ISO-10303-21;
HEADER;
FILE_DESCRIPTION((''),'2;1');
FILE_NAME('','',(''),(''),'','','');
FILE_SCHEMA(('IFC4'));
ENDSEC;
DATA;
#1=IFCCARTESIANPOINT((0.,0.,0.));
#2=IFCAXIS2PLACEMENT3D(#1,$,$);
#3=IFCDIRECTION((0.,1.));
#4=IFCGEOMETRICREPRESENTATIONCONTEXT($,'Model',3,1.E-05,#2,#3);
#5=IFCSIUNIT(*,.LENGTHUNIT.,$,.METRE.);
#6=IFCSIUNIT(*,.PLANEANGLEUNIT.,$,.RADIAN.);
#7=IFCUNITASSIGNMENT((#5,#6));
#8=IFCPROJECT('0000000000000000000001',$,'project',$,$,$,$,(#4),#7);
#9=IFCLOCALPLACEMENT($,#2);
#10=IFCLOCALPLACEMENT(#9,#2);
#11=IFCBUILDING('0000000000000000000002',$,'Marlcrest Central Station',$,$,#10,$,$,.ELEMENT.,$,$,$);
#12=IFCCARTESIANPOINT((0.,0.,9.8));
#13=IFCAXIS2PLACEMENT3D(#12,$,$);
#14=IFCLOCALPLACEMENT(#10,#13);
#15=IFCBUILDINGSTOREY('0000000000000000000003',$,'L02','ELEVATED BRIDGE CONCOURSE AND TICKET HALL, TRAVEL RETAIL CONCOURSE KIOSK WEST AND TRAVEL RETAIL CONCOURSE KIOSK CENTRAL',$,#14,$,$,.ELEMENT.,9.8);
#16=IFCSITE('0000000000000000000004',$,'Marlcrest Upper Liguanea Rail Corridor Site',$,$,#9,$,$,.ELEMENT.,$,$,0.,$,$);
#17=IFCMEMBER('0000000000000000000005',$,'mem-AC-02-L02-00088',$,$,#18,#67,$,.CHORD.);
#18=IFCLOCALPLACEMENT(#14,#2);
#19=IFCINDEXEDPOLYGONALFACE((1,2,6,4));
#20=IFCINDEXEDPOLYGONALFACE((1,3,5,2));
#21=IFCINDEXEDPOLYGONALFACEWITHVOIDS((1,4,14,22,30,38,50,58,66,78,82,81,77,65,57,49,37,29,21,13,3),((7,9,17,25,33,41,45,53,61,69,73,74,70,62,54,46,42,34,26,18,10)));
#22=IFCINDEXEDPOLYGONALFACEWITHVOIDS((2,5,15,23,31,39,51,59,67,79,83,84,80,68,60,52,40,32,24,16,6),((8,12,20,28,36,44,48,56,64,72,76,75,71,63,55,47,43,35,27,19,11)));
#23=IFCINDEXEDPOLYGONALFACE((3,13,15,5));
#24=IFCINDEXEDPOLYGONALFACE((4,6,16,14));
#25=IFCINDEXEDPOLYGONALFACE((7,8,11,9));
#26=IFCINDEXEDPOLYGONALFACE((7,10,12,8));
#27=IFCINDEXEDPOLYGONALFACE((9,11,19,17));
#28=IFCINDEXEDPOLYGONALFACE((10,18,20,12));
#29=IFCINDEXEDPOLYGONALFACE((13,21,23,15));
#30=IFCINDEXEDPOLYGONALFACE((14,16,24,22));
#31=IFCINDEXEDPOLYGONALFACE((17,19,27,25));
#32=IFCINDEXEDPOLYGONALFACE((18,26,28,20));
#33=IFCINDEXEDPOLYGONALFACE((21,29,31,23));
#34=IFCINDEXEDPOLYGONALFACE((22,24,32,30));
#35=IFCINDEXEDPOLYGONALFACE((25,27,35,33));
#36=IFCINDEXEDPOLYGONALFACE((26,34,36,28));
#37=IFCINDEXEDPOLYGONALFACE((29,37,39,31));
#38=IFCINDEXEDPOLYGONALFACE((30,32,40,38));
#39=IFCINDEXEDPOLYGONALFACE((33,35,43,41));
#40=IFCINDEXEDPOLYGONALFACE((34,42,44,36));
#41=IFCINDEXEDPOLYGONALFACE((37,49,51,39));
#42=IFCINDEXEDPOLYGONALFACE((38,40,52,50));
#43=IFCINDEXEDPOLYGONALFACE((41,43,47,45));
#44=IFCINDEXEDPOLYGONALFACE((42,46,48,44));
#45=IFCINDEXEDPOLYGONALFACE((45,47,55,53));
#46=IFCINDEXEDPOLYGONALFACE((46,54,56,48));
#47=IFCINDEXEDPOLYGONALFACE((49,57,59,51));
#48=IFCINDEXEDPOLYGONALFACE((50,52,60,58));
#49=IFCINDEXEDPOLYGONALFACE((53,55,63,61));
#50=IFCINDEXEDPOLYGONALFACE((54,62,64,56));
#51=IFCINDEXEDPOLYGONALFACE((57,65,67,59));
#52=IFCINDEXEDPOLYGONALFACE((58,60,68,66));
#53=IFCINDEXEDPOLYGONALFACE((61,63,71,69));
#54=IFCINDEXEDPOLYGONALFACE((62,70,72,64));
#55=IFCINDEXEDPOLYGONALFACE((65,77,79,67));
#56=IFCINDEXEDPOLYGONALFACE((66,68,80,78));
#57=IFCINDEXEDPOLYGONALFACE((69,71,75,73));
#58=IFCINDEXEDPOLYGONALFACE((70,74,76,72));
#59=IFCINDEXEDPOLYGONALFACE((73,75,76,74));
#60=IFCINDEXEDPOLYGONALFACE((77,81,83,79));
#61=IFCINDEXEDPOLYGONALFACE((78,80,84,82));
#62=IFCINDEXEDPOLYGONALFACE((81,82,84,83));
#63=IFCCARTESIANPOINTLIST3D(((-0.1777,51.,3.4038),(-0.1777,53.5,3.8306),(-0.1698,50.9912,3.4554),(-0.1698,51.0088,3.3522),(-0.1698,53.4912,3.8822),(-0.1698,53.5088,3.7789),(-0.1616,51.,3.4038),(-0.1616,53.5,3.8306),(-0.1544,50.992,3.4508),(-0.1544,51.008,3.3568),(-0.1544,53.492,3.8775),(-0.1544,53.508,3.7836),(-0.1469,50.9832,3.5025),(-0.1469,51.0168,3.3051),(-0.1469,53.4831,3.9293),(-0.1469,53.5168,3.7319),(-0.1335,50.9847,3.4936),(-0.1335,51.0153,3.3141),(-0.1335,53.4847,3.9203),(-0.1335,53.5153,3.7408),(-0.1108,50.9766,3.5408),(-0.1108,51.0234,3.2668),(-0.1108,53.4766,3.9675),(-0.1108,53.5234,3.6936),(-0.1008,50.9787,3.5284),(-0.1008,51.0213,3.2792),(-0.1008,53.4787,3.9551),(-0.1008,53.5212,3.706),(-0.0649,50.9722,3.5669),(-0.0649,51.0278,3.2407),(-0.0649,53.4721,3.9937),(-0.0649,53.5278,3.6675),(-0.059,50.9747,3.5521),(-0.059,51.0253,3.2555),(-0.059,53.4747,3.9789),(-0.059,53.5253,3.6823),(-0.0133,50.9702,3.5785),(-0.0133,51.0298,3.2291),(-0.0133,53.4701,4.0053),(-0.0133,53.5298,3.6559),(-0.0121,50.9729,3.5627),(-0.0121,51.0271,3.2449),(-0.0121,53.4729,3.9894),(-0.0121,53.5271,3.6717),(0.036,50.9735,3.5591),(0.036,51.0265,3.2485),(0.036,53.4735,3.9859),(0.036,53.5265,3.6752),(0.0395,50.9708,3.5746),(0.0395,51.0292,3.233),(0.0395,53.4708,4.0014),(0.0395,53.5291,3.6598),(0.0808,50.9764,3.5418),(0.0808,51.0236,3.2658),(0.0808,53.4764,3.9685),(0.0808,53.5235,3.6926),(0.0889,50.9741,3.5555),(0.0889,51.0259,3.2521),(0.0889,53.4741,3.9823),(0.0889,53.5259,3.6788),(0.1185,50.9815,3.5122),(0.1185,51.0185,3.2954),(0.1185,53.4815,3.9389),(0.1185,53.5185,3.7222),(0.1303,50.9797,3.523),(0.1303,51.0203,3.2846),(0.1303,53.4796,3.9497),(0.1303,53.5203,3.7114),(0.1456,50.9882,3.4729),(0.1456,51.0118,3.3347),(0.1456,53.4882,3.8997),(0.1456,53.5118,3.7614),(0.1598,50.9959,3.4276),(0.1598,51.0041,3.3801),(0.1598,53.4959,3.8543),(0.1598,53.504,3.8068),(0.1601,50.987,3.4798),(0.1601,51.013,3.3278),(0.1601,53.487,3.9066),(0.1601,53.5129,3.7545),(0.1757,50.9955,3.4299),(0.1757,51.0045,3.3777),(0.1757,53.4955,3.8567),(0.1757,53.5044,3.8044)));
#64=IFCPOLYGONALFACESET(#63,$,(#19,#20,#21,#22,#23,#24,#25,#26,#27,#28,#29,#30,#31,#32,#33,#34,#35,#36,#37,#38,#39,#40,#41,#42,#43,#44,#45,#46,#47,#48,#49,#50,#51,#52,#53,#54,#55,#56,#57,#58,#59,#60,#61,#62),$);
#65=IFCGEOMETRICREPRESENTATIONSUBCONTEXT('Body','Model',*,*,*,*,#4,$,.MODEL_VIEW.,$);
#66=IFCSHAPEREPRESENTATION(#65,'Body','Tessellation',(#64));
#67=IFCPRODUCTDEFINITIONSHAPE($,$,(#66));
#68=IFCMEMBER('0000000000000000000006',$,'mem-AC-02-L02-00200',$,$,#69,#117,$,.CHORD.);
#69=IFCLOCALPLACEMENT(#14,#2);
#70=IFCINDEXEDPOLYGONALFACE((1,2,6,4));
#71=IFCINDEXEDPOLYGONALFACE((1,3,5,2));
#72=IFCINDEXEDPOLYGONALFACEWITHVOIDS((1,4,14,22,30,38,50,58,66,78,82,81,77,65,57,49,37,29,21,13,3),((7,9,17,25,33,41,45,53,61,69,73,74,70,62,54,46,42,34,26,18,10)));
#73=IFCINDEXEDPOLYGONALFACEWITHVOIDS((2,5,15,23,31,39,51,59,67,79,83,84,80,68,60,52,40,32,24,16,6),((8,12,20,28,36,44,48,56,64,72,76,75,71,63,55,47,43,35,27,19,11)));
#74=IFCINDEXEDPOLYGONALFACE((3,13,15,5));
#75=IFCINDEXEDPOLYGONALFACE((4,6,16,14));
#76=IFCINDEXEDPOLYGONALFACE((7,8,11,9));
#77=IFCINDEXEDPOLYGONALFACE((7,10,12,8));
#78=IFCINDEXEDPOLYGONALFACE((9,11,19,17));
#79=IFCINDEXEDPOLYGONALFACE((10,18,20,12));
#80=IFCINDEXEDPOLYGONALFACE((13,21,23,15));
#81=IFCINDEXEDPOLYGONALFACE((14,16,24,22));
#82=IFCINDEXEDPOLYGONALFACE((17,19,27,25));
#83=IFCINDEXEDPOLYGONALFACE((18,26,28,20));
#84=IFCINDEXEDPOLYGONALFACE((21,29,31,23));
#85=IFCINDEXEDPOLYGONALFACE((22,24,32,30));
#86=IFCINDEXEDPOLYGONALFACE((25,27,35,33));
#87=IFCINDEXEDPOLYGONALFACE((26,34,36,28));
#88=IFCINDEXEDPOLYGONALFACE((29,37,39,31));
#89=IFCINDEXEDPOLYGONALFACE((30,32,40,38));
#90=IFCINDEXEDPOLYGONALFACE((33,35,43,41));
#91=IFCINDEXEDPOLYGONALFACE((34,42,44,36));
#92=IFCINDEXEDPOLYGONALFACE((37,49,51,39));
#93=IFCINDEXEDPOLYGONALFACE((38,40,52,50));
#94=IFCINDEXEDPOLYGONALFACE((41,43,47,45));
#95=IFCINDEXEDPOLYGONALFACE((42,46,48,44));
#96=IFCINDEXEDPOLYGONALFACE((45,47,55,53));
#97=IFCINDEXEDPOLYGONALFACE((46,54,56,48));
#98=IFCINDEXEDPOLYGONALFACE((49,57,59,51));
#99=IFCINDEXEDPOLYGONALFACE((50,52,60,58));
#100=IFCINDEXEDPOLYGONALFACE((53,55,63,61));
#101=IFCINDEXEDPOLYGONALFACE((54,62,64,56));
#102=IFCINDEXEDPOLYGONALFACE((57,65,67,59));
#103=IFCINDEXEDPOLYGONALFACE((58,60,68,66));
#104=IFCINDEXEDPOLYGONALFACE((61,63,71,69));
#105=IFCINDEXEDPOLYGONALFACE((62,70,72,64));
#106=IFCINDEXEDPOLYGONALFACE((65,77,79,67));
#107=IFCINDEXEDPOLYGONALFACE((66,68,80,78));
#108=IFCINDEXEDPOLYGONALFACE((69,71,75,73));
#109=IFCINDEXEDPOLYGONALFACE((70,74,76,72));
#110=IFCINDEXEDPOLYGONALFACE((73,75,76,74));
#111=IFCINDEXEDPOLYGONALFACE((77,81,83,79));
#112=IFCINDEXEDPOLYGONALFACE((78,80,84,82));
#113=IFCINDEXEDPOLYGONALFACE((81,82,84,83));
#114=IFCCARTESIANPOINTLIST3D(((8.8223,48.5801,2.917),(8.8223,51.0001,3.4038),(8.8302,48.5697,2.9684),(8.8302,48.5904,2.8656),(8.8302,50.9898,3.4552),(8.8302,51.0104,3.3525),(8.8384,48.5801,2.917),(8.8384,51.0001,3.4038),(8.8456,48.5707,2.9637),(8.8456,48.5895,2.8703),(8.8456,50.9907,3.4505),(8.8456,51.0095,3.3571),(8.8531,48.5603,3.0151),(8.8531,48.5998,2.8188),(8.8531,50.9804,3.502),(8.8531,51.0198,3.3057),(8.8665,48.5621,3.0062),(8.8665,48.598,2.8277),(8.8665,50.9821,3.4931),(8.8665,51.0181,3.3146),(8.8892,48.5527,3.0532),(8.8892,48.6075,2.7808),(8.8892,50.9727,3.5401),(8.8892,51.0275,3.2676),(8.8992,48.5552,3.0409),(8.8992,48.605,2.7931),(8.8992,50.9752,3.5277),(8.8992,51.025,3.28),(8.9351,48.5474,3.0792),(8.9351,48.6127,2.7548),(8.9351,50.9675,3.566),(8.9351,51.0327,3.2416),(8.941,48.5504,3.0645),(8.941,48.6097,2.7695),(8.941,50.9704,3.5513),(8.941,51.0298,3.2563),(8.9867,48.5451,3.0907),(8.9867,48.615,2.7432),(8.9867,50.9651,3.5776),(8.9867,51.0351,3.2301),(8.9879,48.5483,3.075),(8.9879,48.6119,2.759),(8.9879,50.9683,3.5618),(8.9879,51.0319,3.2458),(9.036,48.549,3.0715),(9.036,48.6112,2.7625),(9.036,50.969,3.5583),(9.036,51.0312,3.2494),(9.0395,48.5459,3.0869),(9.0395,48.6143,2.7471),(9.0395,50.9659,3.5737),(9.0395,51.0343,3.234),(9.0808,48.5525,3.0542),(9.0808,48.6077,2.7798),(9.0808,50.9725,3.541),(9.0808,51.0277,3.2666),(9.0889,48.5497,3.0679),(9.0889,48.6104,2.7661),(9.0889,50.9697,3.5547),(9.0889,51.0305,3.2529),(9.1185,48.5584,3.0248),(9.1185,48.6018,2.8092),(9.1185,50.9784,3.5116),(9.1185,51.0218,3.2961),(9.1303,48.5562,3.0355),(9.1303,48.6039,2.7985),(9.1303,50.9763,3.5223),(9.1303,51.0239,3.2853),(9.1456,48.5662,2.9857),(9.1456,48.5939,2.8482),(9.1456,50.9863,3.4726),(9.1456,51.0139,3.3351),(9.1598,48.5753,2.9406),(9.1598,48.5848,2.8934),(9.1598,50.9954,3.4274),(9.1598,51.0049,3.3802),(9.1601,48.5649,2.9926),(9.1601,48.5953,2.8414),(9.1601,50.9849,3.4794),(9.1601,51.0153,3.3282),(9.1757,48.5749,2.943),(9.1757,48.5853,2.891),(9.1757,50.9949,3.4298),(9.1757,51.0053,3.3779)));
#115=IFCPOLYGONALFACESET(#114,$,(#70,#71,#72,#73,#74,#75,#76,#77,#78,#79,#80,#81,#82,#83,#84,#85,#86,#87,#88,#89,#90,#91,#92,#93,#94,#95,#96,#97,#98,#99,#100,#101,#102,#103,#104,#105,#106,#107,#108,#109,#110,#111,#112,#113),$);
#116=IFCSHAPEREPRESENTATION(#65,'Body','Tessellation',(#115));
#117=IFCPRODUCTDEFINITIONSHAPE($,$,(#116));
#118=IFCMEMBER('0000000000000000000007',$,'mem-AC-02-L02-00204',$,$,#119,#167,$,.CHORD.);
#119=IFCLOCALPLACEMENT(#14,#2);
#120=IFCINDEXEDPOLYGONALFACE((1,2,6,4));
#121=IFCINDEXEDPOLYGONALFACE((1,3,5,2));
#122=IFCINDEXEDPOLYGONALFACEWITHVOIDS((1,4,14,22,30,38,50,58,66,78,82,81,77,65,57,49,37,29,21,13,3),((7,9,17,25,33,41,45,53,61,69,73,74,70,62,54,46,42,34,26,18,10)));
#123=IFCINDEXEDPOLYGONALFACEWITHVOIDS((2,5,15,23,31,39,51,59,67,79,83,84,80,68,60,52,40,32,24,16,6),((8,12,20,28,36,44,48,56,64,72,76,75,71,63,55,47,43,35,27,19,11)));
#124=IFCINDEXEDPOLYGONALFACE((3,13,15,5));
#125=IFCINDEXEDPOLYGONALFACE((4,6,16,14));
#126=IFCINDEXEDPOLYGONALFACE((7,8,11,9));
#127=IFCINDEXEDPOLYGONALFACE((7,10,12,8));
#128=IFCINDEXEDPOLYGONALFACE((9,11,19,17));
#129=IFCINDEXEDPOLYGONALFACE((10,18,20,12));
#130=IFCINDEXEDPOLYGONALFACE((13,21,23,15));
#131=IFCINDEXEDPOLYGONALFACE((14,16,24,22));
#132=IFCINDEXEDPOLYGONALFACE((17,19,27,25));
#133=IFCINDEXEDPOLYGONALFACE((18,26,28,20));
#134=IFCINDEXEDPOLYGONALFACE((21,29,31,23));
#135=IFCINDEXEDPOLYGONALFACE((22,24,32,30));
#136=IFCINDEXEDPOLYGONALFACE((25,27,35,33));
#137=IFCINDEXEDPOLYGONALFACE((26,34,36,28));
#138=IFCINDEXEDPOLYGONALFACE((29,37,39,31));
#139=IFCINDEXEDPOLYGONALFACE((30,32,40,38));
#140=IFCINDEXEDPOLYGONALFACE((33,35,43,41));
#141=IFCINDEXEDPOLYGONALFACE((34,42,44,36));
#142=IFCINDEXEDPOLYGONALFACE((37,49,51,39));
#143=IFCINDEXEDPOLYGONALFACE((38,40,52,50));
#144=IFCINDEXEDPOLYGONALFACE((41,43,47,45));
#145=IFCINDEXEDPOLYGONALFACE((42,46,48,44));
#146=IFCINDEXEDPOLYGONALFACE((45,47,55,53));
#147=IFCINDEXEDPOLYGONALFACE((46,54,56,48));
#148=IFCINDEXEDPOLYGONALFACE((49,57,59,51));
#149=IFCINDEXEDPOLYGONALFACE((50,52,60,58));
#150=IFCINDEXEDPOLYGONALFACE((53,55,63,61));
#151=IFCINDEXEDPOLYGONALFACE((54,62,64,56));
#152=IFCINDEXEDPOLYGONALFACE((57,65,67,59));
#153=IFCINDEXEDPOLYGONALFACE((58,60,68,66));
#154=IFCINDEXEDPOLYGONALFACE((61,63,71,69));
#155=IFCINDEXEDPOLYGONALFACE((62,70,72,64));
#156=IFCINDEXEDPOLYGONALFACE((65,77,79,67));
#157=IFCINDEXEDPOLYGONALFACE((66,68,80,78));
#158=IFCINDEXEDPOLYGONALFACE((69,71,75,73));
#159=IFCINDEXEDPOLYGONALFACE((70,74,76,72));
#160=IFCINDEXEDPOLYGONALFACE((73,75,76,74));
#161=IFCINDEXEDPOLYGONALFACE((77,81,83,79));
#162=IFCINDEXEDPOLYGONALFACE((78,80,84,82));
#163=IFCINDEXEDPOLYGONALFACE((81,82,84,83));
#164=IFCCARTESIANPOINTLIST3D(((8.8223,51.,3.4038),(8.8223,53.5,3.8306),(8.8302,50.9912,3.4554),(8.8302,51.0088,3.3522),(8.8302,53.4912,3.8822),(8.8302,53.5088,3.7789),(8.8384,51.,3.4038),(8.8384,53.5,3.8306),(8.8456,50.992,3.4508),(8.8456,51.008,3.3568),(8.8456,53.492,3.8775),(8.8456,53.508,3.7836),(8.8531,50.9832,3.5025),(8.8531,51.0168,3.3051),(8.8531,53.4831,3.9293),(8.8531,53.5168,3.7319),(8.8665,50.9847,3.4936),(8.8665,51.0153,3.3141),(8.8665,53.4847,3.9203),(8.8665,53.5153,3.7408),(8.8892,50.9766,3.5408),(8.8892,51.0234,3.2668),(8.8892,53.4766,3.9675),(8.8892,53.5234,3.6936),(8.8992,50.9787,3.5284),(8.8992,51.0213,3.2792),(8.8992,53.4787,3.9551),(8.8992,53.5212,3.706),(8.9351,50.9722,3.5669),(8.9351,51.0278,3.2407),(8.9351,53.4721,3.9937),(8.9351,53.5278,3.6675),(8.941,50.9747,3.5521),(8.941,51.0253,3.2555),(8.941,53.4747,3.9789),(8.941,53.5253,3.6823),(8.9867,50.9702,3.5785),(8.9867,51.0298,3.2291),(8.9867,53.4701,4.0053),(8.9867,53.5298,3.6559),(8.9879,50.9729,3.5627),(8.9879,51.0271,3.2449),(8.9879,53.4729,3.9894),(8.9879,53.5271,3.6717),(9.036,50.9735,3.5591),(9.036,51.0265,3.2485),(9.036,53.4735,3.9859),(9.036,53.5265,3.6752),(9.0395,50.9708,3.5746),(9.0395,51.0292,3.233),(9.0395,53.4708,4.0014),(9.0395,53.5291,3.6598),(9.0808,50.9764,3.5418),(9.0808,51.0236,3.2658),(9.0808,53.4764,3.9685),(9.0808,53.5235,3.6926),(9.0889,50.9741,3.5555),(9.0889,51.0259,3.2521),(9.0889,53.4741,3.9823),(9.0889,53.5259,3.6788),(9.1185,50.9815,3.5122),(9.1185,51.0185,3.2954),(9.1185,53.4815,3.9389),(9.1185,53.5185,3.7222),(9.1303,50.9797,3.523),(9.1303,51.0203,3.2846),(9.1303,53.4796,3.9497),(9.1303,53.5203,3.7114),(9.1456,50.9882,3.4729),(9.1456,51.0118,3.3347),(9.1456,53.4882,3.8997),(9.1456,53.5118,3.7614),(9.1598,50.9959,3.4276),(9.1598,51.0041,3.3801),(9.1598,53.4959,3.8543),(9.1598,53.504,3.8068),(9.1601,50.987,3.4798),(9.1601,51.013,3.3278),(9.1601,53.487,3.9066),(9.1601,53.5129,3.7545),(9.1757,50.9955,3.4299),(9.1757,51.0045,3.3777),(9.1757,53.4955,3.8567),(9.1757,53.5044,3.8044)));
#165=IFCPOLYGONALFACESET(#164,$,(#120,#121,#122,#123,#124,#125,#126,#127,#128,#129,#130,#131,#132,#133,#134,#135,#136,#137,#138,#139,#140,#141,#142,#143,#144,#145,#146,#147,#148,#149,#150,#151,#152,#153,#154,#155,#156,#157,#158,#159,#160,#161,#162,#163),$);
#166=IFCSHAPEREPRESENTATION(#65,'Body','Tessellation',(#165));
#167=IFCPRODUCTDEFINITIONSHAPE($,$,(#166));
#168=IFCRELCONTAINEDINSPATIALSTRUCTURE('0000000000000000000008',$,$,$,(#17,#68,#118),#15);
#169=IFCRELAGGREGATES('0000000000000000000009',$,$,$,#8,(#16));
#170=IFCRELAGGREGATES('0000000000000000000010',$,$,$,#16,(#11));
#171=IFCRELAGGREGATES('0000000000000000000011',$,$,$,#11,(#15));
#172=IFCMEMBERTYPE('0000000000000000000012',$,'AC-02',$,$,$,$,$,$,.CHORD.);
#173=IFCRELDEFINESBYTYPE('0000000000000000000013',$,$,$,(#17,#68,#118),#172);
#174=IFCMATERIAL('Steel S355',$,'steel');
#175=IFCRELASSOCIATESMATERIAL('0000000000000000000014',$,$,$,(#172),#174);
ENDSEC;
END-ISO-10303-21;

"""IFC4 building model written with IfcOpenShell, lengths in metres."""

from ifc_helpers import new_model, si_unit, direction, frame, origin, origin_2d, place, context, subcontext, project, spatial, hollow_circle, extrude, material, material_profile, profile_set, type_object, element, save


model = new_model("IFC4")

# Units and contexts
model_context = context("Model", 3, precision=1e-05, world=origin(), true_north=direction((0.0, 1.0)))
body_context = subcontext(model_context, "Body", "Model", "MODEL_VIEW")
ifc_project = project(units=[si_unit("LENGTHUNIT", "METRE"), si_unit("PLANEANGLEUNIT", "RADIAN")], contexts=[model_context])

# Site, building, storey
site_placement = place(None, origin())
site = spatial("IfcSite", under=ifc_project, at=site_placement, Name="Marlcrest Upper Liguanea Rail Corridor Site", CompositionType="ELEMENT", RefElevation=0.0)
building_placement = place(site_placement, origin())
building = spatial("IfcBuilding", under=site, at=building_placement, Name="Marlcrest Central Station", CompositionType="ELEMENT")
storey_placement = place(building_placement, frame((0.0, 0.0, 9.8)))
storey = spatial("IfcBuildingStorey", under=building, at=storey_placement, Name="L02", Description="ELEVATED BRIDGE CONCOURSE AND TICKET HALL, TRAVEL RETAIL CONCOURSE KIOSK WEST AND TRAVEL RETAIL CONCOURSE KIOSK CENTRAL", CompositionType="ELEMENT", Elevation=9.8)

# Members
ifc_material = material(Name="Steel S355", Category="steel")
ifc_material_profile_1 = material_profile(ifc_material, hollow_circle(Radius=0.1777, WallThickness=0.0161, at=origin_2d()), Name="CHS 355.6x16")
ifc_profile_set_1 = profile_set([ifc_material_profile_1], Name="Steel S355")
member_type_1 = type_object("IfcMemberType", Name="AC-02", PredefinedType="CHORD", material=ifc_profile_set_1)
member_1_placement = place(storey_placement, frame((0.0, 51.0, 3.4038), z_axis=(0.0, 0.985741, 0.168269), x_axis=(-1.0, 0.0, 0.0)))
element("IfcMember", 1, at=member_1_placement, inside=storey, type_object=member_type_1, Name="mem-AC-02-L02-00088", PredefinedType="CHORD", context=body_context, shape_type="SweptSolid", body=[
    extrude(hollow_circle(Radius=0.1777, WallThickness=0.0161, at=origin_2d()), origin(), (0.0, 0.0, 1.0), 2.5361),
])
member_2_placement = place(storey_placement, frame((9.0, 48.5801, 2.917), z_axis=(0.0, 0.980359, 0.197219), x_axis=(-1.0, 0.0, 0.0)))
element("IfcMember", 2, at=member_2_placement, inside=storey, type_object=member_type_1, Name="mem-AC-02-L02-00200", PredefinedType="CHORD", context=body_context, shape_type="SweptSolid", body=[
    extrude(hollow_circle(Radius=0.1777, WallThickness=0.0161, at=origin_2d()), origin(), (0.0, 0.0, 1.0), 2.4685),
])
member_3_placement = place(storey_placement, frame((9.0, 51.0, 3.4038), z_axis=(0.0, 0.985741, 0.168269), x_axis=(-1.0, 0.0, 0.0)))
element("IfcMember", 3, at=member_3_placement, inside=storey, type_object=member_type_1, Name="mem-AC-02-L02-00204", PredefinedType="CHORD", context=body_context, shape_type="SweptSolid", body=[
    extrude(hollow_circle(Radius=0.1777, WallThickness=0.0161, at=origin_2d()), origin(), (0.0, 0.0, 1.0), 2.5361),
])

save(model, "model.ifc")
